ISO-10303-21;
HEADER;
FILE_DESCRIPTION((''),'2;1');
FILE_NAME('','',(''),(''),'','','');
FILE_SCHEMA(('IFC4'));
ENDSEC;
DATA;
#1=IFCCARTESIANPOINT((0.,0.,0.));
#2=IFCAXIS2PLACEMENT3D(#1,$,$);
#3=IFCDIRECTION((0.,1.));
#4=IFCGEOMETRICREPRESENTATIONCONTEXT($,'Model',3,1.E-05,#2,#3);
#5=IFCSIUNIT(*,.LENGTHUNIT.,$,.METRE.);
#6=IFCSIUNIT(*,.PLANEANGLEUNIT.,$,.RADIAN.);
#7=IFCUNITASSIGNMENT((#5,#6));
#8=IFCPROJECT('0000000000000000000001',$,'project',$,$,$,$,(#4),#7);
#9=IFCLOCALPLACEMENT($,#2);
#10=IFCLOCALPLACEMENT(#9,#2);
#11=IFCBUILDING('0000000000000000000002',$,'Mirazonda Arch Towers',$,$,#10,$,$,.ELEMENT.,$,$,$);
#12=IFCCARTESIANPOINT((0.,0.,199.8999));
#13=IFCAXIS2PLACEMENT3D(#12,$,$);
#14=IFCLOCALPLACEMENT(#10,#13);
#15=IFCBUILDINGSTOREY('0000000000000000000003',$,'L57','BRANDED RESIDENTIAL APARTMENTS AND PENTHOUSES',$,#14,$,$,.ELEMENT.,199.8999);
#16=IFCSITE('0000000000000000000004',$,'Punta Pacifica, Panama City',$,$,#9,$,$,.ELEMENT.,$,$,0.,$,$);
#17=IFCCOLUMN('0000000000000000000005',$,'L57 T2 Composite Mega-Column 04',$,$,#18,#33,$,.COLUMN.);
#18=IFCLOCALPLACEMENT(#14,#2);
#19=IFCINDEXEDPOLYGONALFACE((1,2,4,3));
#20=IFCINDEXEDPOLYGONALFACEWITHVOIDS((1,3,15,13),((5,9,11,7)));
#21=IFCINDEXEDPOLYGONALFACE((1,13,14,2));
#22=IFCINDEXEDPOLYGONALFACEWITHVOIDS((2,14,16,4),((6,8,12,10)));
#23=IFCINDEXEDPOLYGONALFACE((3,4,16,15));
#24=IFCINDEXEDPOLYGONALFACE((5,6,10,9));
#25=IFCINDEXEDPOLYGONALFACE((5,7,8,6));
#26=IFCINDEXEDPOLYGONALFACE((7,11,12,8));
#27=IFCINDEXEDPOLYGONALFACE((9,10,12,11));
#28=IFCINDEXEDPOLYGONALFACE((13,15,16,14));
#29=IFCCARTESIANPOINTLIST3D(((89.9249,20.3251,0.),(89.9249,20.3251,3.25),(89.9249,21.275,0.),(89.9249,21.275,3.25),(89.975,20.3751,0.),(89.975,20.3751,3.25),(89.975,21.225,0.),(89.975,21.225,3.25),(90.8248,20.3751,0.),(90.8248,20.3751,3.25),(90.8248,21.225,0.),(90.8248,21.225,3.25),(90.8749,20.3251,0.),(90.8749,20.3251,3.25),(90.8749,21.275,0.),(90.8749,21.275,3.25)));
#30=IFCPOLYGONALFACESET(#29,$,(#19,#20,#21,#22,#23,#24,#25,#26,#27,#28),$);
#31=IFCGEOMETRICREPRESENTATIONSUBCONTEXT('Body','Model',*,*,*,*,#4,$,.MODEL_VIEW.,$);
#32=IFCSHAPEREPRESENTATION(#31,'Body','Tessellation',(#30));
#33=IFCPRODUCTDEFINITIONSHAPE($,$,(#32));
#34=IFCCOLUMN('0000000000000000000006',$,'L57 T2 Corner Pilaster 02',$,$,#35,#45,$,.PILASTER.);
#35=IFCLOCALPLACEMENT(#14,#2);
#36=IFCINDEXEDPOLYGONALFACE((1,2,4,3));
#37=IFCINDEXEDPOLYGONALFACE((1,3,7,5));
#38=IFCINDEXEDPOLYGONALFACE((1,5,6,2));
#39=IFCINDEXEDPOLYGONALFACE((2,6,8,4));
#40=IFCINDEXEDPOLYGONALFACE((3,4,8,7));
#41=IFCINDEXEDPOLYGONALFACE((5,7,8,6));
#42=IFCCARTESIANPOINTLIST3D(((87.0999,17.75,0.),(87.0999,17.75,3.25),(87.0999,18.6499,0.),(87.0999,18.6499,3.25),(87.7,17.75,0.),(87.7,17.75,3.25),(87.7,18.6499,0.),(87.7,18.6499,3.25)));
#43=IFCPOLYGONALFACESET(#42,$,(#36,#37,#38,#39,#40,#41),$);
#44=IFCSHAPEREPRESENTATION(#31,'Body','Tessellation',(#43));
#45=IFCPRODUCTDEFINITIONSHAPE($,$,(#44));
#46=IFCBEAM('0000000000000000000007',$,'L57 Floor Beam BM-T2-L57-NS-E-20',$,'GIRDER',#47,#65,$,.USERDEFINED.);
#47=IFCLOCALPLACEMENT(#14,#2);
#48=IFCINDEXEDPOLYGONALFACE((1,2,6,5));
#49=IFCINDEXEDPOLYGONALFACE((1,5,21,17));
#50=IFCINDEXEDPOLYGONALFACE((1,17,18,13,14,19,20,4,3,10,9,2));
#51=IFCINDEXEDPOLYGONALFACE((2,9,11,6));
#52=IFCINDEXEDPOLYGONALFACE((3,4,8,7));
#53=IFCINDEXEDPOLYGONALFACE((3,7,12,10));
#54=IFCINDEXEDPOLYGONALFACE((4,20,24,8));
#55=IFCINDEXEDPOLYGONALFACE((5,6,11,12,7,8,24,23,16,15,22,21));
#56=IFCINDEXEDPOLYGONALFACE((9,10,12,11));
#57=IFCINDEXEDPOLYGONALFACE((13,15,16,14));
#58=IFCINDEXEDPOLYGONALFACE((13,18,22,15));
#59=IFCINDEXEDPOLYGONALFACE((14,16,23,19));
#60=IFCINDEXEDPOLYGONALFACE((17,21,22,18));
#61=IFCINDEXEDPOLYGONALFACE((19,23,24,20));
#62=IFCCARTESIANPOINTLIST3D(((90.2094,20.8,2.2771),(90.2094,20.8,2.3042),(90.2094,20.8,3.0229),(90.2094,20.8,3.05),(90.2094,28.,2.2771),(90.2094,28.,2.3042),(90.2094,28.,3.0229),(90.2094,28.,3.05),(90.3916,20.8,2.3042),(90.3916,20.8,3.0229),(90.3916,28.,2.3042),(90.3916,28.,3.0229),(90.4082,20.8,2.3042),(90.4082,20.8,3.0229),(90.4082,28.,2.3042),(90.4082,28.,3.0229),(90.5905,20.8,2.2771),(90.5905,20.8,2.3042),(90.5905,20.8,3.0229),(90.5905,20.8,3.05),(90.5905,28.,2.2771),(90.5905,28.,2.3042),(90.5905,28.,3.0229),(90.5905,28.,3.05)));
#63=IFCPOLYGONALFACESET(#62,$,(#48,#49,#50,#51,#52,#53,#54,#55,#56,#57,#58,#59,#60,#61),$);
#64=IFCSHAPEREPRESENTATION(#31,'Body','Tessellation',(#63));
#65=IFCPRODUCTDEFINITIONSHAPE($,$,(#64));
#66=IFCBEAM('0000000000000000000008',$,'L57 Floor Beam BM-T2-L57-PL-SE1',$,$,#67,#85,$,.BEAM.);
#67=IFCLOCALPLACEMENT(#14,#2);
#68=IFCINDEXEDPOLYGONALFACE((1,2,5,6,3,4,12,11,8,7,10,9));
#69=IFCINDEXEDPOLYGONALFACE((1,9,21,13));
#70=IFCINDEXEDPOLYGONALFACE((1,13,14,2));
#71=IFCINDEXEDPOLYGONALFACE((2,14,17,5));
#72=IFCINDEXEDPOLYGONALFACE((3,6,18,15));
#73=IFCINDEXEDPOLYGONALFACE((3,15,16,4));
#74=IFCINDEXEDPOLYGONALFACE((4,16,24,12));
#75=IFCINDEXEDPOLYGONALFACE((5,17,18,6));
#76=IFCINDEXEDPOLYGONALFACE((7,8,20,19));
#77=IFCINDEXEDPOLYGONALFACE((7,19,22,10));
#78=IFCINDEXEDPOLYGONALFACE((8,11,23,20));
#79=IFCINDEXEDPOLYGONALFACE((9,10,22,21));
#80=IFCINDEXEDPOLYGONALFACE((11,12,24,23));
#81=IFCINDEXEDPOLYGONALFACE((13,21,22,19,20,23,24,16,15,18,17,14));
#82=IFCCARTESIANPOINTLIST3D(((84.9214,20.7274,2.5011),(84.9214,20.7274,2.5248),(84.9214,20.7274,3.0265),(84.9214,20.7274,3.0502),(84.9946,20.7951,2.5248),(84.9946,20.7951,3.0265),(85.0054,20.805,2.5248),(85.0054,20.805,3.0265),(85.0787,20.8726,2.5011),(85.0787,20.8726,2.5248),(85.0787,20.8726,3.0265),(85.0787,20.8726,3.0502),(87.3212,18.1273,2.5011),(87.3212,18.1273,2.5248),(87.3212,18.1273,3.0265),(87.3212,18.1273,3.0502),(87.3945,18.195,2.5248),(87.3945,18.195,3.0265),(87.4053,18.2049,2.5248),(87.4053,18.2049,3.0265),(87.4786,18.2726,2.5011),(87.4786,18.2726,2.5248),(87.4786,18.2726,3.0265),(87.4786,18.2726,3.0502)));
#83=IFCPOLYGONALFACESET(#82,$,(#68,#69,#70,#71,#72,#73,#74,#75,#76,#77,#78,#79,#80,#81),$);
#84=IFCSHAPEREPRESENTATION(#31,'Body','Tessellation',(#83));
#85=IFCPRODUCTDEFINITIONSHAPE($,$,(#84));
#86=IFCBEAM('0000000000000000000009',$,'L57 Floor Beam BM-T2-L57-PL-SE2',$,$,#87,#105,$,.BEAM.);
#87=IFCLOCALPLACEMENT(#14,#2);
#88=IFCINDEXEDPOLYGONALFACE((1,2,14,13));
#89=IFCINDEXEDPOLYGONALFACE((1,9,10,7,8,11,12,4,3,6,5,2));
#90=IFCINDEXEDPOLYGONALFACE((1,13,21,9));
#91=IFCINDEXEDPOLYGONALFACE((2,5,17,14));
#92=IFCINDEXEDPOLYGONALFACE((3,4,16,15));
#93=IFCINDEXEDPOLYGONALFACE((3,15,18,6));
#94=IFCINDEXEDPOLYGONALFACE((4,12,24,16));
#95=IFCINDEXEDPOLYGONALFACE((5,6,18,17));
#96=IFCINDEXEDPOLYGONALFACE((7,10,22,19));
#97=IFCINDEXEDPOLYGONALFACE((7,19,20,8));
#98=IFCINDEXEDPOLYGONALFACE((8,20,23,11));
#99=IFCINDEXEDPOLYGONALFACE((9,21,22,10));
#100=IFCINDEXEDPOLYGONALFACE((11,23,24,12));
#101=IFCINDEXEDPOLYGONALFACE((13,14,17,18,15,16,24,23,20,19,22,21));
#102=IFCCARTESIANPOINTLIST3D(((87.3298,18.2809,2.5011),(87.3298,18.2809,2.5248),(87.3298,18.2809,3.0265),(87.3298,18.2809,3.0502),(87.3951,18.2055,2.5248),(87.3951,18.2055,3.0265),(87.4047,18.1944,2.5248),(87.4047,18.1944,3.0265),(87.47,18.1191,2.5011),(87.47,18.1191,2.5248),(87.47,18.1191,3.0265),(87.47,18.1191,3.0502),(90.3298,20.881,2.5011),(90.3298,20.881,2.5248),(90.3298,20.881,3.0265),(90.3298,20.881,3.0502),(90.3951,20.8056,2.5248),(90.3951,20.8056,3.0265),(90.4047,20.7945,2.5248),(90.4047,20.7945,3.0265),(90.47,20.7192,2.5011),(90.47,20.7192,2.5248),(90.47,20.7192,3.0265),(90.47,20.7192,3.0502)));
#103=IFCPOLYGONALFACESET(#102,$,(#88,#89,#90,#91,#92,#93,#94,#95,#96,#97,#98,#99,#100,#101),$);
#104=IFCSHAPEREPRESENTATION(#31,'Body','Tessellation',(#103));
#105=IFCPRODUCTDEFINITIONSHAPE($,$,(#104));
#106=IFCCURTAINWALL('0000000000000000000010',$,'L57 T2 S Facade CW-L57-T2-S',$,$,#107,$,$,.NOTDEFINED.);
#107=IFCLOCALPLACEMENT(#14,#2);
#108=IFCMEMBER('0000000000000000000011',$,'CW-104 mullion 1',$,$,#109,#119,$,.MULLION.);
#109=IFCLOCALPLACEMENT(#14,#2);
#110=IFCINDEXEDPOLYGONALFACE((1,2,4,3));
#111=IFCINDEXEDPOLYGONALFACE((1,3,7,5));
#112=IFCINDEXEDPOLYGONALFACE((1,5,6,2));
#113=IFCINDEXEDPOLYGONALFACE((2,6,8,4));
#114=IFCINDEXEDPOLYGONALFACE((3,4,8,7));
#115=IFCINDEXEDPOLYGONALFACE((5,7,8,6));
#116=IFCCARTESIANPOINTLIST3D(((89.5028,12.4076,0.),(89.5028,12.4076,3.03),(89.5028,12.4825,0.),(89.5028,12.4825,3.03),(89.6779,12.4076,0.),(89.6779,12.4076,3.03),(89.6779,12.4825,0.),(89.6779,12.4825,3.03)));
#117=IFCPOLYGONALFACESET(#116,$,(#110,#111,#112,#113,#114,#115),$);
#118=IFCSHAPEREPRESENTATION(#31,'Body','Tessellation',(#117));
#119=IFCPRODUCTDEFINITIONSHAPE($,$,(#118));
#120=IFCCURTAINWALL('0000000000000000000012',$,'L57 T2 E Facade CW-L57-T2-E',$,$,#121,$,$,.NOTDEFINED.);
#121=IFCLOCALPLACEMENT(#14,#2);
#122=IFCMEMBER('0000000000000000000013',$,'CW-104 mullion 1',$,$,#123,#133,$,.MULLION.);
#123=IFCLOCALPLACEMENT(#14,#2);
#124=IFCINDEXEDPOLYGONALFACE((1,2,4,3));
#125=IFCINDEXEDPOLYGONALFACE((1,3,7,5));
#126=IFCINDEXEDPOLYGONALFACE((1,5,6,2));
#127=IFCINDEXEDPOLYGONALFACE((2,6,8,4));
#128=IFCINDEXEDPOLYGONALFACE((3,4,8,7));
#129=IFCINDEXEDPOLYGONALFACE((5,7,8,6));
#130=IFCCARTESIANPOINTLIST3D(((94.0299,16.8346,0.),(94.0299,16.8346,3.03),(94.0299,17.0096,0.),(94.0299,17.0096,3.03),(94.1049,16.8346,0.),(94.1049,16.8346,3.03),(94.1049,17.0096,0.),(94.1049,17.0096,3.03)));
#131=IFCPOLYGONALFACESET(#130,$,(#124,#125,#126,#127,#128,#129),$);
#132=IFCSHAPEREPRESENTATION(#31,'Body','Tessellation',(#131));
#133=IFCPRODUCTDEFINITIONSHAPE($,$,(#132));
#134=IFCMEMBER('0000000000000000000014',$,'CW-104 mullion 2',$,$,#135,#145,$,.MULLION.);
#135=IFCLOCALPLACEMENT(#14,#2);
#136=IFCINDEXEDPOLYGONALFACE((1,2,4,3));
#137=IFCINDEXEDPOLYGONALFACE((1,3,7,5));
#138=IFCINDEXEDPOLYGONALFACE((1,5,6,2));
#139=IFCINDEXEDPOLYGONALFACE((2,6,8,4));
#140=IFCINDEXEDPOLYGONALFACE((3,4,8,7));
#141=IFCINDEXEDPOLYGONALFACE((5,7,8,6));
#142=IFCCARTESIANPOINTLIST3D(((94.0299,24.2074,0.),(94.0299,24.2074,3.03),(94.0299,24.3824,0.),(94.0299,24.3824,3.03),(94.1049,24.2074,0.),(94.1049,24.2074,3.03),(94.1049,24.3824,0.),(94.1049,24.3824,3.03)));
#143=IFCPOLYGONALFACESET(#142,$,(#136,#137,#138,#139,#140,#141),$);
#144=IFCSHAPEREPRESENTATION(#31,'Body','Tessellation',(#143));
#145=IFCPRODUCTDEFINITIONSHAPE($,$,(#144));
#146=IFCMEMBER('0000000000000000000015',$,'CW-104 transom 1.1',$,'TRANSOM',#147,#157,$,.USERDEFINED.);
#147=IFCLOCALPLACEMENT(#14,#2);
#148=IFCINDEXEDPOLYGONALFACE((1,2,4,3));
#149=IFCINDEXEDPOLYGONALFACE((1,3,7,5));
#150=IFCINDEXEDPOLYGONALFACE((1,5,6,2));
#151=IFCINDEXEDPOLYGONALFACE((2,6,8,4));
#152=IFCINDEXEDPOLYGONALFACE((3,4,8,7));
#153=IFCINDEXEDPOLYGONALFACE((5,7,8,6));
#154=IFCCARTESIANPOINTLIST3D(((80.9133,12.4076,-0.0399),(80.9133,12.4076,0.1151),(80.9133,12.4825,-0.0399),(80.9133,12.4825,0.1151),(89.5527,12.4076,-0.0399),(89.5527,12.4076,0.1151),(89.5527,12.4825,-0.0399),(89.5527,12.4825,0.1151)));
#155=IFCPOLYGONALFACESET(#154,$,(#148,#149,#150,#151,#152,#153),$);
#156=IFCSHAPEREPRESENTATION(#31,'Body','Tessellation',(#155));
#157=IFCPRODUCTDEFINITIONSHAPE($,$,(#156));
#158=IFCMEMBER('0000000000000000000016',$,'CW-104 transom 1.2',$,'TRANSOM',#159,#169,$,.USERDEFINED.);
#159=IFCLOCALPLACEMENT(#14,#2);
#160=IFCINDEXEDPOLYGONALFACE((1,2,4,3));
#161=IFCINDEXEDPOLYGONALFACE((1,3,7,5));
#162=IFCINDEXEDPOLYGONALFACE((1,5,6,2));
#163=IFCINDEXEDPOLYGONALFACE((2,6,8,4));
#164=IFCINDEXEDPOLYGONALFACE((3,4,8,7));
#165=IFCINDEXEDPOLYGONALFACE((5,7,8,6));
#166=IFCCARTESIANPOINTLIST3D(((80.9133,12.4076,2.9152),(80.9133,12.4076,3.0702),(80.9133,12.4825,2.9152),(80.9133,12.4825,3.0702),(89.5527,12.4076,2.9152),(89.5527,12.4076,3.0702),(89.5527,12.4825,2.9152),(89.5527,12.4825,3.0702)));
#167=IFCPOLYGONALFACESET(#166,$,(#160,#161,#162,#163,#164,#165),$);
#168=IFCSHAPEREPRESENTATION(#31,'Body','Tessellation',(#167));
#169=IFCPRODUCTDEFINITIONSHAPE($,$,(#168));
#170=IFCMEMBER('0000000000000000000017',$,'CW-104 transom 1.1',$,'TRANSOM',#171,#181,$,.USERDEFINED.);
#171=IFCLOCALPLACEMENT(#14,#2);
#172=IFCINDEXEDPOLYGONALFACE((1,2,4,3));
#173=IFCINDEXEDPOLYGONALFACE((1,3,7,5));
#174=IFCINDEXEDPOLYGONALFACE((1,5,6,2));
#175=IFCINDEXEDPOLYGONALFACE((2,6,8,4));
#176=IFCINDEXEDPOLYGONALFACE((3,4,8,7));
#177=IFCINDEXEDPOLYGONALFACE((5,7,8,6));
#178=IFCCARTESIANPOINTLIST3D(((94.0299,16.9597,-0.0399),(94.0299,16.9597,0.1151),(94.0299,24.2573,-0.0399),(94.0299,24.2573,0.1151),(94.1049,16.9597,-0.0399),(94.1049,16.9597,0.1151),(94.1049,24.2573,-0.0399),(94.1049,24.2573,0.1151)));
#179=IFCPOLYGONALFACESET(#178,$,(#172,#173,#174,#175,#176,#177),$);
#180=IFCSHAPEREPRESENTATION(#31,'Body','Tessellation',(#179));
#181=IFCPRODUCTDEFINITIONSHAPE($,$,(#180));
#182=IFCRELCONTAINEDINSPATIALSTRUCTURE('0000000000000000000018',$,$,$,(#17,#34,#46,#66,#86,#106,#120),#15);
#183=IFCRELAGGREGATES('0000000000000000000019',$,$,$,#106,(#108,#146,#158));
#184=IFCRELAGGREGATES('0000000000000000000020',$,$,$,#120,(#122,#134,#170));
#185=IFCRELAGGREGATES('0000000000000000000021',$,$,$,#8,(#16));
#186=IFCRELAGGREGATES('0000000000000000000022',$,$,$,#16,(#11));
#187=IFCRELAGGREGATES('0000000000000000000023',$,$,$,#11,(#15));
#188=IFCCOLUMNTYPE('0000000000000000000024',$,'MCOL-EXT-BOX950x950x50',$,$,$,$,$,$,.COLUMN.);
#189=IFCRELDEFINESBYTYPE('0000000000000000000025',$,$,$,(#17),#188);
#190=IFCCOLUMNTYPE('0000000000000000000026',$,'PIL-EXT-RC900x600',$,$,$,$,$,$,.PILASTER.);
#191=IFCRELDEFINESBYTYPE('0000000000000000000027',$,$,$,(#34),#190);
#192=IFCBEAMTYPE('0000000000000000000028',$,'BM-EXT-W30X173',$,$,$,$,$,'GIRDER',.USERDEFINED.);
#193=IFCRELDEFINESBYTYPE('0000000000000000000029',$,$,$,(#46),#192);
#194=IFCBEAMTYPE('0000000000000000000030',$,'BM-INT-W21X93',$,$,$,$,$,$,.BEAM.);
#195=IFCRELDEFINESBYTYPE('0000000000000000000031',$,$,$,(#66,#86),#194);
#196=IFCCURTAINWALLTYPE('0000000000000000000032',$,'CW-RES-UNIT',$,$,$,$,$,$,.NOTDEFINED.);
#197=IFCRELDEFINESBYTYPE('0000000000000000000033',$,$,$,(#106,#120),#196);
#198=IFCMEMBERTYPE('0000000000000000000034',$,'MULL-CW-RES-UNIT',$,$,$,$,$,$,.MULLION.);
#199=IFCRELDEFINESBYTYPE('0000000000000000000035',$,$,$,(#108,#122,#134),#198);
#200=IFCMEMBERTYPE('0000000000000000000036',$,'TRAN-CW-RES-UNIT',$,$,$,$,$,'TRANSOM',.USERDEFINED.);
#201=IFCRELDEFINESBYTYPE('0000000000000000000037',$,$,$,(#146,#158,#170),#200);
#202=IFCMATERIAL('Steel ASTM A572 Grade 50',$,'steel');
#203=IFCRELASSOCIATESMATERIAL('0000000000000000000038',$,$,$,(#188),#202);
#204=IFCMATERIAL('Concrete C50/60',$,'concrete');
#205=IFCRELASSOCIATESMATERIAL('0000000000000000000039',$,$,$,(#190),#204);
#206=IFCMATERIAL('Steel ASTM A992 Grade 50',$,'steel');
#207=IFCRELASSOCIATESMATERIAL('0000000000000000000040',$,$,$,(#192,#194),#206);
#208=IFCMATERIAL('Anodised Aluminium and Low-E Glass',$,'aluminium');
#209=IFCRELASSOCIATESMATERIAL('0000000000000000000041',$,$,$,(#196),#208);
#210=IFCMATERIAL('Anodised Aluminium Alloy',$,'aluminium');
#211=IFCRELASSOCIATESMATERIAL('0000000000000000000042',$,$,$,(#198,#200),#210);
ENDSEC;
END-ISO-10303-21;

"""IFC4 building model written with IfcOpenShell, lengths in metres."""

from ifc_helpers import new_model, si_unit, direction, frame, origin, origin_2d, place, context, subcontext, project, spatial, rectangle, hollow_rectangle, i_section, extrude, material, material_profile, profile_set, type_object, element, aggregate, save


model = new_model("IFC4")

# Units and contexts
model_context = context("Model", 3, precision=1e-05, world=origin(), true_north=direction((0.0, 1.0)))
body_context = subcontext(model_context, "Body", "Model", "MODEL_VIEW")
ifc_project = project(units=[si_unit("LENGTHUNIT", "METRE"), si_unit("PLANEANGLEUNIT", "RADIAN")], contexts=[model_context])

# Site, building, storey
site_placement = place(None, origin())
site = spatial("IfcSite", under=ifc_project, at=site_placement, Name="Punta Pacifica, Panama City", CompositionType="ELEMENT", RefElevation=0.0)
building_placement = place(site_placement, origin())
building = spatial("IfcBuilding", under=site, at=building_placement, Name="Mirazonda Arch Towers", CompositionType="ELEMENT")
storey_placement = place(building_placement, frame((0.0, 0.0, 199.8999)))
storey = spatial("IfcBuildingStorey", under=building, at=storey_placement, Name="L57", Description="BRANDED RESIDENTIAL APARTMENTS AND PENTHOUSES", CompositionType="ELEMENT", Elevation=199.8999)

# Columns
ifc_material_1 = material(Name="Steel ASTM A572 Grade 50", Category="steel")
ifc_material_profile_1 = material_profile(ifc_material_1, hollow_rectangle(XDim=0.95, YDim=0.95, WallThickness=0.05, at=origin_2d()), Name="BOX950x950x50")
ifc_profile_set_1 = profile_set([ifc_material_profile_1], Name="Steel ASTM A572 Grade 50")
column_type_1 = type_object("IfcColumnType", Name="MCOL-EXT-BOX950x950x50", PredefinedType="COLUMN", material=ifc_profile_set_1)
column_1_placement = place(storey_placement, frame((90.3999, 20.8, 0.0), z_axis=(0.0, 0.0, 1.0), x_axis=(1.0, 0.0, 0.0)))
element("IfcColumn", 1, at=column_1_placement, inside=storey, type_object=column_type_1, Name="L57 T2 Composite Mega-Column 04", PredefinedType="COLUMN", context=body_context, shape_type="SweptSolid", body=[
    extrude(hollow_rectangle(XDim=0.95, YDim=0.95, WallThickness=0.05, at=origin_2d()), origin(), (0.0, 0.0, 1.0), 3.25),
])
ifc_material_2 = material(Name="Concrete C50/60", Category="concrete")
ifc_material_profile_2 = material_profile(ifc_material_2, rectangle(XDim=0.6001, YDim=0.8999, at=origin_2d()), Name="RC900x600")
ifc_profile_set_2 = profile_set([ifc_material_profile_2], Name="Concrete C50/60")
column_type_2 = type_object("IfcColumnType", Name="PIL-EXT-RC900x600", PredefinedType="PILASTER", material=ifc_profile_set_2)
column_2_placement = place(storey_placement, frame((87.3999, 18.2, 0.0), z_axis=(0.0, 0.0, 1.0), x_axis=(1.0, 0.0, 0.0)))
element("IfcColumn", 2, at=column_2_placement, inside=storey, type_object=column_type_2, Name="L57 T2 Corner Pilaster 02", PredefinedType="PILASTER", context=body_context, shape_type="SweptSolid", body=[
    extrude(rectangle(XDim=0.6001, YDim=0.8999, at=origin_2d()), origin(), (0.0, 0.0, 1.0), 3.25),
])

# Beams
ifc_material_3 = material(Name="Steel ASTM A992 Grade 50", Category="steel")
ifc_material_profile_3 = material_profile(ifc_material_3, i_section(OverallWidth=0.3811, OverallDepth=0.7729, WebThickness=0.0166, FlangeThickness=0.0271, at=origin_2d()), Name="W30X173")
ifc_profile_set_3 = profile_set([ifc_material_profile_3], Name="Steel ASTM A992 Grade 50")
beam_type_1 = type_object("IfcBeamType", Name="BM-EXT-W30X173", ElementType="GIRDER", PredefinedType="USERDEFINED", material=ifc_profile_set_3)
beam_1_placement = place(storey_placement, frame((90.3999, 20.8, 2.6636), z_axis=(0.0, 1.0, 0.0), x_axis=(-1.0, 0.0, 0.0)))
element("IfcBeam", 3, at=beam_1_placement, inside=storey, type_object=beam_type_1, Name="L57 Floor Beam BM-T2-L57-NS-E-20", ObjectType="GIRDER", PredefinedType="USERDEFINED", context=body_context, shape_type="SweptSolid", body=[
    extrude(i_section(OverallWidth=0.3811, OverallDepth=0.7729, WebThickness=0.0166, FlangeThickness=0.0271, at=origin_2d()), origin(), (0.0, 0.0, 1.0), 7.2),
])
ifc_material_profile_4 = material_profile(ifc_material_3, i_section(OverallWidth=0.2141, OverallDepth=0.5491, WebThickness=0.0146, FlangeThickness=0.0237, at=origin_2d()), Name="W21X93")
ifc_profile_set_4 = profile_set([ifc_material_profile_4], Name="Steel ASTM A992 Grade 50")
beam_type_2 = type_object("IfcBeamType", Name="BM-INT-W21X93", PredefinedType="BEAM", material=ifc_profile_set_4)
beam_2_placement = place(storey_placement, frame((87.3999, 18.2, 2.7756), z_axis=(-0.678251, 0.73483, 0.0), x_axis=(-0.73483, -0.678251, 0.0)))
element("IfcBeam", 4, at=beam_2_placement, inside=storey, type_object=beam_type_2, Name="L57 Floor Beam BM-T2-L57-PL-SE1", PredefinedType="BEAM", context=body_context, shape_type="SweptSolid", body=[
    extrude(i_section(OverallWidth=0.2141, OverallDepth=0.5491, WebThickness=0.0146, FlangeThickness=0.0237, at=origin_2d()), origin(), (0.0, 0.0, 1.0), 3.5383),
])
beam_3_placement = place(storey_placement, frame((87.3999, 18.2, 2.7756), z_axis=(0.755677, 0.654945, 0.0), x_axis=(-0.654945, 0.755677, 0.0)))
element("IfcBeam", 5, at=beam_3_placement, inside=storey, type_object=beam_type_2, Name="L57 Floor Beam BM-T2-L57-PL-SE2", PredefinedType="BEAM", context=body_context, shape_type="SweptSolid", body=[
    extrude(i_section(OverallWidth=0.2141, OverallDepth=0.5491, WebThickness=0.0146, FlangeThickness=0.0237, at=origin_2d()), origin(), (0.0, 0.0, 1.0), 3.97),
])

# Curtain wall, member
ifc_material_4 = material(Name="Anodised Aluminium and Low-E Glass", Category="aluminium")
curtain_wall_type = type_object("IfcCurtainWallType", Name="CW-RES-UNIT", PredefinedType="NOTDEFINED", material=ifc_material_4)
curtain_wall_1_placement = place(storey_placement, origin())
curtain_wall_1 = element("IfcCurtainWall", 6, at=curtain_wall_1_placement, inside=storey, type_object=curtain_wall_type, Name="L57 T2 S Facade CW-L57-T2-S", PredefinedType="NOTDEFINED")
ifc_material_5 = material(Name="Anodised Aluminium Alloy", Category="aluminium")
ifc_material_profile_5 = material_profile(ifc_material_5, rectangle(XDim=0.075, YDim=0.175, at=origin_2d()), Name="ALU-MULL-75x175")
ifc_profile_set_5 = profile_set([ifc_material_profile_5], Name="Anodised Aluminium Alloy")
member_type_1 = type_object("IfcMemberType", Name="MULL-CW-RES-UNIT", PredefinedType="MULLION", material=ifc_profile_set_5)
member_1_placement = place(storey_placement, frame((89.5903, 12.4451, 0.0), z_axis=(0.0, 0.0, 1.0), x_axis=(0.0, -1.0, 0.0)))
member_1 = element("IfcMember", 7, at=member_1_placement, type_object=member_type_1, Name="CW-104 mullion 1", PredefinedType="MULLION", context=body_context, shape_type="SweptSolid", body=[
    extrude(rectangle(XDim=0.075, YDim=0.175, at=origin_2d()), origin(), (0.0, 0.0, 1.0), 3.03),
])

# Curtain wall, members
curtain_wall_2_placement = place(storey_placement, origin())
curtain_wall_2 = element("IfcCurtainWall", 8, at=curtain_wall_2_placement, inside=storey, type_object=curtain_wall_type, Name="L57 T2 E Facade CW-L57-T2-E", PredefinedType="NOTDEFINED")
member_2_placement = place(storey_placement, frame((94.0674, 16.9221, 0.0), z_axis=(0.0, 0.0, 1.0), x_axis=(-1.0, 0.0, 0.0)))
member_2 = element("IfcMember", 9, at=member_2_placement, type_object=member_type_1, Name="CW-104 mullion 1", PredefinedType="MULLION", context=body_context, shape_type="SweptSolid", body=[
    extrude(rectangle(XDim=0.075, YDim=0.175, at=origin_2d()), origin(), (0.0, 0.0, 1.0), 3.03),
])
member_3_placement = place(storey_placement, frame((94.0674, 24.2949, 0.0), z_axis=(0.0, 0.0, 1.0), x_axis=(-1.0, 0.0, 0.0)))
member_3 = element("IfcMember", 10, at=member_3_placement, type_object=member_type_1, Name="CW-104 mullion 2", PredefinedType="MULLION", context=body_context, shape_type="SweptSolid", body=[
    extrude(rectangle(XDim=0.075, YDim=0.175, at=origin_2d()), origin(), (0.0, 0.0, 1.0), 3.03),
])

# Members
ifc_material_profile_6 = material_profile(ifc_material_5, rectangle(XDim=0.075, YDim=0.155, at=origin_2d()), Name="ALU-TRAN-75x155")
ifc_profile_set_6 = profile_set([ifc_material_profile_6], Name="Anodised Aluminium Alloy")
member_type_2 = type_object("IfcMemberType", Name="TRAN-CW-RES-UNIT", ElementType="TRANSOM", PredefinedType="USERDEFINED", material=ifc_profile_set_6)
member_4_placement = place(storey_placement, frame((89.5527, 12.4451, 0.0376), z_axis=(-1.0, 0.0, 0.0), x_axis=(0.0, -1.0, 0.0)))
member_4 = element("IfcMember", 11, at=member_4_placement, type_object=member_type_2, Name="CW-104 transom 1.1", ObjectType="TRANSOM", PredefinedType="USERDEFINED", context=body_context, shape_type="SweptSolid", body=[
    extrude(rectangle(XDim=0.075, YDim=0.155, at=origin_2d()), origin(), (0.0, 0.0, 1.0), 8.6394),
])
member_5_placement = place(storey_placement, frame((89.5527, 12.4451, 2.9927), z_axis=(-1.0, 0.0, 0.0), x_axis=(0.0, -1.0, 0.0)))
member_5 = element("IfcMember", 12, at=member_5_placement, type_object=member_type_2, Name="CW-104 transom 1.2", ObjectType="TRANSOM", PredefinedType="USERDEFINED", context=body_context, shape_type="SweptSolid", body=[
    extrude(rectangle(XDim=0.075, YDim=0.155, at=origin_2d()), origin(), (0.0, 0.0, 1.0), 8.6394),
])
aggregate(curtain_wall_1, [member_1, member_4, member_5])
member_6_placement = place(storey_placement, frame((94.0674, 16.9597, 0.0376), z_axis=(0.0, 1.0, 0.0), x_axis=(-1.0, 0.0, 0.0)))
member_6 = element("IfcMember", 13, at=member_6_placement, type_object=member_type_2, Name="CW-104 transom 1.1", ObjectType="TRANSOM", PredefinedType="USERDEFINED", context=body_context, shape_type="SweptSolid", body=[
    extrude(rectangle(XDim=0.075, YDim=0.155, at=origin_2d()), origin(), (0.0, 0.0, 1.0), 7.2976),
])

aggregate(curtain_wall_2, [member_2, member_3, member_6])

save(model, "model.ifc")
